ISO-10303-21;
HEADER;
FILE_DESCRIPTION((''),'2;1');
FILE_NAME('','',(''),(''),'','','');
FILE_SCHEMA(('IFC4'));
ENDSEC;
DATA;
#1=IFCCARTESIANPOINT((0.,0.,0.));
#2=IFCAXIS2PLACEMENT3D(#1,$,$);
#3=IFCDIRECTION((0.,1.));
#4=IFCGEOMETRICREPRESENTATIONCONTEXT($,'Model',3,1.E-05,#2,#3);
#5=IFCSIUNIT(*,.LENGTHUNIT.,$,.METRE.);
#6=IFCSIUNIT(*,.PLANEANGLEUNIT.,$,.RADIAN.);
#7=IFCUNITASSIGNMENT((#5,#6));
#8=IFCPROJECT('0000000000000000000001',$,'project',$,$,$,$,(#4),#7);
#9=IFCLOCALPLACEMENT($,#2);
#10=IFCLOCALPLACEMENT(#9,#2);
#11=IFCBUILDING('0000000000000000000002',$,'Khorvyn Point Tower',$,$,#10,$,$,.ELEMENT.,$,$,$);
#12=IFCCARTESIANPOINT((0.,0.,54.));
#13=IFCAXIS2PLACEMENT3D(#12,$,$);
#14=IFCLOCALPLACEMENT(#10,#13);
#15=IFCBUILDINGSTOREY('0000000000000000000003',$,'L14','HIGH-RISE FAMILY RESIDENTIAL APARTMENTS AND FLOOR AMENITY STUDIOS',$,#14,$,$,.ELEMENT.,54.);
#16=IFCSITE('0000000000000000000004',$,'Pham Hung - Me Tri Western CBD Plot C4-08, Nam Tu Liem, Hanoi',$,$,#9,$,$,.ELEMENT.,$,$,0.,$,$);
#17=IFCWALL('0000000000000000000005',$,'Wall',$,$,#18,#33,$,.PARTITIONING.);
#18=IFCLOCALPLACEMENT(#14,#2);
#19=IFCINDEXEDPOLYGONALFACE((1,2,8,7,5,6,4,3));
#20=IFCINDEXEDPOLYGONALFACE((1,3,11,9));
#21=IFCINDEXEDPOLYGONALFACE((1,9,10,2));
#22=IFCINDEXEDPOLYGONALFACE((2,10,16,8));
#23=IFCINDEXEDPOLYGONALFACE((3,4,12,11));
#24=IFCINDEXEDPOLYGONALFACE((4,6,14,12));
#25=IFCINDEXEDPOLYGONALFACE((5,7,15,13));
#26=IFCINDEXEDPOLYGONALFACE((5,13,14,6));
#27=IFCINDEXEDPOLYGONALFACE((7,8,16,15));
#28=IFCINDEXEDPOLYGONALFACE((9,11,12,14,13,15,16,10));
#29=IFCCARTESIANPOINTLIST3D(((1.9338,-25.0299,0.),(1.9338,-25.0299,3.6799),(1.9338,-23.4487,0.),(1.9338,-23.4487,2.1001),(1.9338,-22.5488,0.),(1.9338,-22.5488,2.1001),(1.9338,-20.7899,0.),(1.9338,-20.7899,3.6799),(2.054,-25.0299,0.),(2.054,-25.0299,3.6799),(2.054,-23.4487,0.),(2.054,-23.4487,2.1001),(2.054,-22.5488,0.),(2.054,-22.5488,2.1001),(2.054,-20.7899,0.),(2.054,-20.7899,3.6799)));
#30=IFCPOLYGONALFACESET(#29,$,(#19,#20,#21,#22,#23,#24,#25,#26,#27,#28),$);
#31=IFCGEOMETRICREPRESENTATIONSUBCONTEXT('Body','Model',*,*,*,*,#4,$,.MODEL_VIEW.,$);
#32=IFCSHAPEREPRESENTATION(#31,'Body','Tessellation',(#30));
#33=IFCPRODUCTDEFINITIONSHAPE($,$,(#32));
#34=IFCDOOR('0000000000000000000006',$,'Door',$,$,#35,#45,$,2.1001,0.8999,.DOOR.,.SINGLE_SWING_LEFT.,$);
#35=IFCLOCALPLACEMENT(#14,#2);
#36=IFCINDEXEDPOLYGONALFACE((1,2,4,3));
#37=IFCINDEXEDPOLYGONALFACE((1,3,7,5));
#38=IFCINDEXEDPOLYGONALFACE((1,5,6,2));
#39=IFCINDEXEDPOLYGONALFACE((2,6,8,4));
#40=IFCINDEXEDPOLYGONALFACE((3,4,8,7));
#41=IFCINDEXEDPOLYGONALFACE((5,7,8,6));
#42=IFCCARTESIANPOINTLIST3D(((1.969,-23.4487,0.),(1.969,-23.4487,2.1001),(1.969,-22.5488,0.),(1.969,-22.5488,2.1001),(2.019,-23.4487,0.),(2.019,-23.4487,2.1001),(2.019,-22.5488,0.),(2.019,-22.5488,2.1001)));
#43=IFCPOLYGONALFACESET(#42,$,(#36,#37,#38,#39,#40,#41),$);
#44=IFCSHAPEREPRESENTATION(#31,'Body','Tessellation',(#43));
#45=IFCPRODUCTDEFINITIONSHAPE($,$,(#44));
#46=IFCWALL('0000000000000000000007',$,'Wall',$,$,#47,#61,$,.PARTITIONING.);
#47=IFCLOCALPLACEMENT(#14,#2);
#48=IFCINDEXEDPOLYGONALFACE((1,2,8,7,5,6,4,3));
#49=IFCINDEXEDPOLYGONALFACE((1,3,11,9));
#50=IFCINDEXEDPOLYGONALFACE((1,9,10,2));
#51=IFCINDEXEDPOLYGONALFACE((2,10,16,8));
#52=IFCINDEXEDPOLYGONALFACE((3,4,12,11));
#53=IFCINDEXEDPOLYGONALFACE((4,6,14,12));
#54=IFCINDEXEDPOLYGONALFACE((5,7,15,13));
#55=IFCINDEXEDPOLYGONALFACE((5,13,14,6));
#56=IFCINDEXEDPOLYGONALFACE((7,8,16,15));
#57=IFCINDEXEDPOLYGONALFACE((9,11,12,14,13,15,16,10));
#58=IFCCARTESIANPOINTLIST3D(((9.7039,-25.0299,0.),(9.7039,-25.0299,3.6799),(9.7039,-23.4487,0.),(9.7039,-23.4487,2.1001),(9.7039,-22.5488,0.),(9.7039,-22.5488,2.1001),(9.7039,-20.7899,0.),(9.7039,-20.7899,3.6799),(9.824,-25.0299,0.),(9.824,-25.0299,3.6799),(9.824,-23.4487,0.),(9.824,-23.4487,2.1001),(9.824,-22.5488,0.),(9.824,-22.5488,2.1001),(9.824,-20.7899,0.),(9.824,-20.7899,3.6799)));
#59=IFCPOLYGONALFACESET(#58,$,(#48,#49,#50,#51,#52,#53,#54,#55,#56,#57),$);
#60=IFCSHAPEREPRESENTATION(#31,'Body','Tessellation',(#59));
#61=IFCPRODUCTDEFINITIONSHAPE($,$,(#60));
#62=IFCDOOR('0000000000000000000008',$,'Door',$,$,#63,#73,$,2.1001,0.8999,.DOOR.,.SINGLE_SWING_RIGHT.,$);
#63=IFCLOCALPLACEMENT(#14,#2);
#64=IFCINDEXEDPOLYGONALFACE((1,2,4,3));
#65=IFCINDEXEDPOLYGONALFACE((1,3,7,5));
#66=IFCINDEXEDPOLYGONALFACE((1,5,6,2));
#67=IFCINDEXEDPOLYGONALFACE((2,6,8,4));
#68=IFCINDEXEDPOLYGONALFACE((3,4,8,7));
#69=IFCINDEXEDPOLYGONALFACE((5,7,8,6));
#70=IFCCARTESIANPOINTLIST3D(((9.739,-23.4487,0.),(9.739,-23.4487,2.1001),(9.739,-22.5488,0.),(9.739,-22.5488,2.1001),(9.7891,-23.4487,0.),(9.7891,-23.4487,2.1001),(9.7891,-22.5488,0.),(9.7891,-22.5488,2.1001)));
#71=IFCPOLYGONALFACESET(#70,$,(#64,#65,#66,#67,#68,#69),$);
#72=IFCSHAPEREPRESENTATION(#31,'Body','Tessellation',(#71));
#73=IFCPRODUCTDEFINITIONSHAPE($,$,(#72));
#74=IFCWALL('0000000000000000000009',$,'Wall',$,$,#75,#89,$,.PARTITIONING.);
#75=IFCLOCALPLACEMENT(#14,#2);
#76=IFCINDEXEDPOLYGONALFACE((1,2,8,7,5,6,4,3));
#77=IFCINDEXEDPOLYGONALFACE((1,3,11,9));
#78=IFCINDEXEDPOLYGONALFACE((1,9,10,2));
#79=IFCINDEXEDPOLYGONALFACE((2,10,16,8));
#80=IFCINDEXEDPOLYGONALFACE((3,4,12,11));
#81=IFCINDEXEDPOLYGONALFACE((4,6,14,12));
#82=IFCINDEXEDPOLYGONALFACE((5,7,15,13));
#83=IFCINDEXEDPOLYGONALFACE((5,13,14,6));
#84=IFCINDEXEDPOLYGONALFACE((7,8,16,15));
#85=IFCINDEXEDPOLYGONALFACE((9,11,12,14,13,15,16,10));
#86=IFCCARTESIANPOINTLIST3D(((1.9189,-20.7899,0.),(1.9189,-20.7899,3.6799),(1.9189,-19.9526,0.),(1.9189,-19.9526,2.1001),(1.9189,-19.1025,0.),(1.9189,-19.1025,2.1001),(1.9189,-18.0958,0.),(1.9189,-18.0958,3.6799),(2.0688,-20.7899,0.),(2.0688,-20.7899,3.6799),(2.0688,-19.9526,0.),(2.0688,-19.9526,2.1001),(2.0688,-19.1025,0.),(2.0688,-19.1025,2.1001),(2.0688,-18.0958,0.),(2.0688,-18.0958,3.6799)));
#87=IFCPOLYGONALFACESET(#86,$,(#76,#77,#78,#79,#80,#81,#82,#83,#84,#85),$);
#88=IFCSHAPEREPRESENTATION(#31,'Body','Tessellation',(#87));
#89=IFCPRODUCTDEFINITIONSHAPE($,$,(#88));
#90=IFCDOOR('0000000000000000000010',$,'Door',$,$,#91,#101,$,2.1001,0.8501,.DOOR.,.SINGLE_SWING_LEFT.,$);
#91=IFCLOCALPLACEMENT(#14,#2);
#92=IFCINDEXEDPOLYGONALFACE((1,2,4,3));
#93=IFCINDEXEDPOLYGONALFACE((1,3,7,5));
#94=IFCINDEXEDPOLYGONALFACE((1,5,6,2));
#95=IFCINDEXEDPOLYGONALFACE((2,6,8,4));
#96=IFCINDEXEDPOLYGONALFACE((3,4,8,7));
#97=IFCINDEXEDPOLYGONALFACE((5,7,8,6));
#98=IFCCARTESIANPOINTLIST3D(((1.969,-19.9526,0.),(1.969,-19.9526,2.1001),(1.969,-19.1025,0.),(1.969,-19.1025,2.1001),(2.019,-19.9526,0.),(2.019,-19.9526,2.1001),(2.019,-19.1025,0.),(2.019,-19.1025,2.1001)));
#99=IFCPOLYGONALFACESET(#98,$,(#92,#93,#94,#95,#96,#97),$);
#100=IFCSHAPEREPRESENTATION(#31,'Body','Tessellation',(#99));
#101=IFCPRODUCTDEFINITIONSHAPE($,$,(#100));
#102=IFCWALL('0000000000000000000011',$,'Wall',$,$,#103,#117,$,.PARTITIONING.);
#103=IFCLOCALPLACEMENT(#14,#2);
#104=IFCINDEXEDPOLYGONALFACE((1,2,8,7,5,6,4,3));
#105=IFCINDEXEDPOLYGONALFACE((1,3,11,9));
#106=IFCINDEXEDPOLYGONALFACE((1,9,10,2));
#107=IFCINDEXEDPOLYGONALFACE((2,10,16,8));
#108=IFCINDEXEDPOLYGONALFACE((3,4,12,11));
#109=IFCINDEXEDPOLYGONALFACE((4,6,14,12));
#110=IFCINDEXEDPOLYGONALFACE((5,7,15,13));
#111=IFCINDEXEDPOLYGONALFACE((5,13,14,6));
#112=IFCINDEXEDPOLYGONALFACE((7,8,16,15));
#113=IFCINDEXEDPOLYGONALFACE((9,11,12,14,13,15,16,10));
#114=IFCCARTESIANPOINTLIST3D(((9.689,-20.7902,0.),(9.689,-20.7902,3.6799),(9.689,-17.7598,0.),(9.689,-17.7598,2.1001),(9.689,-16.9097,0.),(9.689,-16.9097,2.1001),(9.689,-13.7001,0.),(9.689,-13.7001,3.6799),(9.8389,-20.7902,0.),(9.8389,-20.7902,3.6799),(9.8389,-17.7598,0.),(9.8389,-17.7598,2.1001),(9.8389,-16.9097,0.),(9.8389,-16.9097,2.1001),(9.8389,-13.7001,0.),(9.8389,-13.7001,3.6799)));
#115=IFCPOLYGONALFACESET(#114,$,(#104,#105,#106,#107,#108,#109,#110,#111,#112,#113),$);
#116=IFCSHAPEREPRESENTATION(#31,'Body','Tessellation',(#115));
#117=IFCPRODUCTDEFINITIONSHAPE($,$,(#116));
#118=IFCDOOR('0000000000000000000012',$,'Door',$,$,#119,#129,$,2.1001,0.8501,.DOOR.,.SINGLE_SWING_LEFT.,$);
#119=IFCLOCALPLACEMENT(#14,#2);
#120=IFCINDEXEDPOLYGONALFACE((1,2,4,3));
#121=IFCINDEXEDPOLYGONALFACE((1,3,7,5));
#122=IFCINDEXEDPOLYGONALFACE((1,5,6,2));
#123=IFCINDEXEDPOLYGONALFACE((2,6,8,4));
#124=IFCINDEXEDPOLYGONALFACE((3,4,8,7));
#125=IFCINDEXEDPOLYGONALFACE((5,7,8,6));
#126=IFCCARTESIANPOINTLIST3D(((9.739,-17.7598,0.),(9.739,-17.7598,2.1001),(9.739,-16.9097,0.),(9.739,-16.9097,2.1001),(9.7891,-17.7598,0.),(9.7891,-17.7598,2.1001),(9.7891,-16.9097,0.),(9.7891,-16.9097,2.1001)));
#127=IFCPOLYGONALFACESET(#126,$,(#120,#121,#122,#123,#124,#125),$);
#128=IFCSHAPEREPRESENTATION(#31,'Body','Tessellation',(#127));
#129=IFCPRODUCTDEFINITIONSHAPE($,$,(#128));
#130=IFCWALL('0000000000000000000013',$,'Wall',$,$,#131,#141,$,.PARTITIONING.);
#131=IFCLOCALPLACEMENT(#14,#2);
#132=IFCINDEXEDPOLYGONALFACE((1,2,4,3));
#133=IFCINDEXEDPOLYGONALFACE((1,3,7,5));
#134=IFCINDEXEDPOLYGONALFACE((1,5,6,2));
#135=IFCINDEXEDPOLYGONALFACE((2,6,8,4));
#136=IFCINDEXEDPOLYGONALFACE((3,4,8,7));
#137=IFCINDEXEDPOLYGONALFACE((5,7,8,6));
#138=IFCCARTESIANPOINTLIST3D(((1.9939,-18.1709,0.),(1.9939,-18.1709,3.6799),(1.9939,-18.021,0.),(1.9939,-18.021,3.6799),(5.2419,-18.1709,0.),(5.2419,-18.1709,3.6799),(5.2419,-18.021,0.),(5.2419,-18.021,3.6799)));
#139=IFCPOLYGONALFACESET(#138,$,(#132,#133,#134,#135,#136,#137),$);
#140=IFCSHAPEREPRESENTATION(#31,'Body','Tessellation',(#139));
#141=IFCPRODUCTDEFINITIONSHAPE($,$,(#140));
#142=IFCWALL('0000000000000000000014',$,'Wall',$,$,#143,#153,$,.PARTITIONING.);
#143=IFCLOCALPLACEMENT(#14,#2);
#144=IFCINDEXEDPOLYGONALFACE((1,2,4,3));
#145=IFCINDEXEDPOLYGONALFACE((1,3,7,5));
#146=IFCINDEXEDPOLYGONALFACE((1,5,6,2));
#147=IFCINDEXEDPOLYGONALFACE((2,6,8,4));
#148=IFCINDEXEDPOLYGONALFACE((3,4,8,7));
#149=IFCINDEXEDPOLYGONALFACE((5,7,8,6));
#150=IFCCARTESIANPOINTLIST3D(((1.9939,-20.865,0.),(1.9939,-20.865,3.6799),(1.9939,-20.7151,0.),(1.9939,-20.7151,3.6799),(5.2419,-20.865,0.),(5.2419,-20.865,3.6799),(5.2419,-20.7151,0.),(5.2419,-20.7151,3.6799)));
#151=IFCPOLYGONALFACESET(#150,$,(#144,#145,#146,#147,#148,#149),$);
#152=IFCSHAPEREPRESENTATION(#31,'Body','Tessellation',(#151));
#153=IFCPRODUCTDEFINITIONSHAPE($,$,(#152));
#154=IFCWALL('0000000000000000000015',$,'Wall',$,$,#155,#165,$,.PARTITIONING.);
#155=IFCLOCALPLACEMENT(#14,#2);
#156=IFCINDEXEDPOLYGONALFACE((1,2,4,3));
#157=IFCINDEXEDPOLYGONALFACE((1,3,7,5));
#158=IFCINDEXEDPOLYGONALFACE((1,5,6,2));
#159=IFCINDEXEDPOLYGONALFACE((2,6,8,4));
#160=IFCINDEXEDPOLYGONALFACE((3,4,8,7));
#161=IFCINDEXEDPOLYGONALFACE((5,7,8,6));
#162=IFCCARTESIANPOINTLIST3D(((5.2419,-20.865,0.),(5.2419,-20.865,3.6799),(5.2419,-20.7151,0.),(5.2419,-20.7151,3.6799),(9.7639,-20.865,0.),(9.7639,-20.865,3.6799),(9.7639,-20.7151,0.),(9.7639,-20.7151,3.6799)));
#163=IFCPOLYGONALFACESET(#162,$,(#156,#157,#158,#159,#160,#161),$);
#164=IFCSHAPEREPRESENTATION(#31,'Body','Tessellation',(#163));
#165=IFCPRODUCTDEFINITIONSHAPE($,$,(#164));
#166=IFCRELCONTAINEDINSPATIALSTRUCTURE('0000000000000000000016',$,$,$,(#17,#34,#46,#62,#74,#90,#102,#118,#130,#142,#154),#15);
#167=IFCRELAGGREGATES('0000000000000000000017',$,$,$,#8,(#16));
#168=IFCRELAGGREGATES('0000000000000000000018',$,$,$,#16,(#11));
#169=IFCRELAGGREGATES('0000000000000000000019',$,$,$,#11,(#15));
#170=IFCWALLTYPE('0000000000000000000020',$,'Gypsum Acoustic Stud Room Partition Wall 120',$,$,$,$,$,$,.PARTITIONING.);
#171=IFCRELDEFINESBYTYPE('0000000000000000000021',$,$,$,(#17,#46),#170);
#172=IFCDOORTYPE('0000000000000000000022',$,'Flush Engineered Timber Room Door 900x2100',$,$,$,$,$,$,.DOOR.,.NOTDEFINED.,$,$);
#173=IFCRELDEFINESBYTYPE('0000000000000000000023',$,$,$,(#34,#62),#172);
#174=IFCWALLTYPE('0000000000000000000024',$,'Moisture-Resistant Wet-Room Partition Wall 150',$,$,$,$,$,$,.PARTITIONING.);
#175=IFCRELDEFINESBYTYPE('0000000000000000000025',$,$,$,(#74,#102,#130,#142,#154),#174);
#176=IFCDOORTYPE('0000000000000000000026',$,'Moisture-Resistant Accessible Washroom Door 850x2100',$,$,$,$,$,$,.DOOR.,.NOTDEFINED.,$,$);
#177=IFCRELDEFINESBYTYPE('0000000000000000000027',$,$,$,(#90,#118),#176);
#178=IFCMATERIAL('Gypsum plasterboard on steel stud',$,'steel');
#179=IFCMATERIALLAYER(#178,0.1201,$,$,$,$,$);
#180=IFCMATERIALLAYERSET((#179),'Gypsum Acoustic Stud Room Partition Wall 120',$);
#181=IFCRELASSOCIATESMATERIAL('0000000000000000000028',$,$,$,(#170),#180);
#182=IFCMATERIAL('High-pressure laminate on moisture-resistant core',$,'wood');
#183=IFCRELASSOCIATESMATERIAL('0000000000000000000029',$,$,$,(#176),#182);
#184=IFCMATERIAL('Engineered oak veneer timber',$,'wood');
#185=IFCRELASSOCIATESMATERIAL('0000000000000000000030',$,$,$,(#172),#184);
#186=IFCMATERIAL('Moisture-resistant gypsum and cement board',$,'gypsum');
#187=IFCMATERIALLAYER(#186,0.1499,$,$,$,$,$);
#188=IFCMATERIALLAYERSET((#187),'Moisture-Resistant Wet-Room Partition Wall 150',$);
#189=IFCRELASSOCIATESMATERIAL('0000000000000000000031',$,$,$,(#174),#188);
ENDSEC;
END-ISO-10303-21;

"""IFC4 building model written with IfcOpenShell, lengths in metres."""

from ifc_helpers import new_model, si_unit, direction, frame, frame_2d, origin, place, context, subcontext, project, spatial, rectangle, extrude, material, layer, layer_set, type_object, element, fill, save


model = new_model("IFC4")

# Units and contexts
model_context = context("Model", 3, precision=1e-05, world=origin(), true_north=direction((0.0, 1.0)))
body_context = subcontext(model_context, "Body", "Model", "MODEL_VIEW")
ifc_project = project(units=[si_unit("LENGTHUNIT", "METRE"), si_unit("PLANEANGLEUNIT", "RADIAN")], contexts=[model_context])

# Site, building, storey
site_placement = place(None, origin())
site = spatial("IfcSite", under=ifc_project, at=site_placement, Name="Pham Hung - Me Tri Western CBD Plot C4-08, Nam Tu Liem, Hanoi", CompositionType="ELEMENT", RefElevation=0.0)
building_placement = place(site_placement, origin())
building = spatial("IfcBuilding", under=site, at=building_placement, Name="Khorvyn Point Tower", CompositionType="ELEMENT")
storey_placement = place(building_placement, frame((0.0, 0.0, 54.0)))
storey = spatial("IfcBuildingStorey", under=building, at=storey_placement, Name="L14", Description="HIGH-RISE FAMILY RESIDENTIAL APARTMENTS AND FLOOR AMENITY STUDIOS", CompositionType="ELEMENT", Elevation=54.0)

# Walls, openings, doors
ifc_material_1 = material(Name="Gypsum plasterboard on steel stud", Category="steel")
ifc_layer_1 = layer(ifc_material_1, 0.1201)
ifc_layer_set_1 = layer_set([ifc_layer_1], Name="Gypsum Acoustic Stud Room Partition Wall 120")
wall_type_1 = type_object("IfcWallType", Name="Gypsum Acoustic Stud Room Partition Wall 120", PredefinedType="PARTITIONING", material=ifc_layer_set_1)
ifc_material_2 = material(Name="High-pressure laminate on moisture-resistant core", Category="wood")
door_type_1 = type_object("IfcDoorType", Name="Moisture-Resistant Accessible Washroom Door 850x2100", OperationType="NOTDEFINED", PredefinedType="DOOR", material=ifc_material_2)
wall_1_placement = place(storey_placement, frame((1.9939, -25.03, 0.0), z_axis=(0.0, 0.0, 1.0), x_axis=(0.0, 1.0, 0.0)))
wall_1 = element("IfcWall", 1, at=wall_1_placement, inside=storey, type_object=wall_type_1, Name="Wall", PredefinedType="PARTITIONING", context=body_context, shape_type="SweptSolid", body=[
    extrude(rectangle(XDim=4.24, YDim=0.1201, at=frame_2d((2.1201, 0.0))), origin(), (0.0, 0.0, 1.0), 3.6799),
])
opening_1_placement = place(wall_1_placement, frame((1.5813, 0.0, 0.0)))
opening_1 = element("IfcOpeningElement", 2, at=opening_1_placement, cuts=wall_1, PredefinedType="OPENING", context=body_context, shape_type="SweptSolid", body=[
    extrude(rectangle(XDim=0.8999, YDim=2.1001, at=frame_2d((0.45, 1.05))), frame((0.0, 0.0701, 0.0), z_axis=(0.0, -1.0, 0.0), x_axis=(1.0, 0.0, 0.0)), (0.0, 0.0, 1.0), 0.1401),
])
ifc_material_3 = material(Name="Engineered oak veneer timber", Category="wood")
door_type_2 = type_object("IfcDoorType", Name="Flush Engineered Timber Room Door 900x2100", OperationType="NOTDEFINED", PredefinedType="DOOR", material=ifc_material_3)
door_1_placement = place(opening_1_placement, origin())
door_1 = element("IfcDoor", 3, at=door_1_placement, inside=storey, type_object=door_type_2, Name="Door", OperationType="SINGLE_SWING_LEFT", OverallHeight=2.1001, OverallWidth=0.8999, PredefinedType="DOOR", context=body_context, shape_type="SweptSolid", body=[
    extrude(rectangle(XDim=0.8999, YDim=2.1001, at=frame_2d((0.45, 1.05))), frame((0.0, 0.0249, 0.0), z_axis=(0.0, -1.0, 0.0), x_axis=(1.0, 0.0, 0.0)), (0.0, 0.0, 1.0), 0.05),
])
fill(opening_1, door_1)
wall_2_placement = place(storey_placement, frame((9.7639, -25.03, 0.0), z_axis=(0.0, 0.0, 1.0), x_axis=(0.0, 1.0, 0.0)))
wall_2 = element("IfcWall", 4, at=wall_2_placement, inside=storey, type_object=wall_type_1, Name="Wall", PredefinedType="PARTITIONING", context=body_context, shape_type="SweptSolid", body=[
    extrude(rectangle(XDim=4.24, YDim=0.1201, at=frame_2d((2.1201, 0.0))), origin(), (0.0, 0.0, 1.0), 3.6799),
])
opening_2_placement = place(wall_2_placement, frame((1.5813, 0.0, 0.0)))
opening_2 = element("IfcOpeningElement", 5, at=opening_2_placement, cuts=wall_2, PredefinedType="OPENING", context=body_context, shape_type="SweptSolid", body=[
    extrude(rectangle(XDim=0.8999, YDim=2.1001, at=frame_2d((0.45, 1.05))), frame((0.0, 0.0701, 0.0), z_axis=(0.0, -1.0, 0.0), x_axis=(1.0, 0.0, 0.0)), (0.0, 0.0, 1.0), 0.1401),
])
door_2_placement = place(opening_2_placement, origin())
door_2 = element("IfcDoor", 6, at=door_2_placement, inside=storey, type_object=door_type_2, Name="Door", OperationType="SINGLE_SWING_RIGHT", OverallHeight=2.1001, OverallWidth=0.8999, PredefinedType="DOOR", context=body_context, shape_type="SweptSolid", body=[
    extrude(rectangle(XDim=0.8999, YDim=2.1001, at=frame_2d((0.45, 1.05))), frame((0.0, 0.0249, 0.0), z_axis=(0.0, -1.0, 0.0), x_axis=(1.0, 0.0, 0.0)), (0.0, 0.0, 1.0), 0.05),
])
fill(opening_2, door_2)
ifc_material_4 = material(Name="Moisture-resistant gypsum and cement board", Category="gypsum")
ifc_layer_2 = layer(ifc_material_4, 0.1499)
ifc_layer_set_2 = layer_set([ifc_layer_2], Name="Moisture-Resistant Wet-Room Partition Wall 150")
wall_type_2 = type_object("IfcWallType", Name="Moisture-Resistant Wet-Room Partition Wall 150", PredefinedType="PARTITIONING", material=ifc_layer_set_2)
wall_3_placement = place(storey_placement, frame((1.9939, -20.79, 0.0), z_axis=(0.0, 0.0, 1.0), x_axis=(0.0, 1.0, 0.0)))
wall_3 = element("IfcWall", 7, at=wall_3_placement, inside=storey, type_object=wall_type_2, Name="Wall", PredefinedType="PARTITIONING", context=body_context, shape_type="SweptSolid", body=[
    extrude(rectangle(XDim=2.6941, YDim=0.1499, at=frame_2d((1.3472, 0.0))), origin(), (0.0, 0.0, 1.0), 3.6799),
])
opening_3_placement = place(wall_3_placement, frame((0.8374, 0.0, 0.0)))
opening_3 = element("IfcOpeningElement", 8, at=opening_3_placement, cuts=wall_3, PredefinedType="OPENING", context=body_context, shape_type="SweptSolid", body=[
    extrude(rectangle(XDim=0.8501, YDim=2.1001, at=frame_2d((0.425, 1.05))), frame((0.0, 0.085, 0.0), z_axis=(0.0, -1.0, 0.0), x_axis=(1.0, 0.0, 0.0)), (0.0, 0.0, 1.0), 0.1699),
])
door_3_placement = place(opening_3_placement, origin())
door_3 = element("IfcDoor", 9, at=door_3_placement, inside=storey, type_object=door_type_1, Name="Door", OperationType="SINGLE_SWING_LEFT", OverallHeight=2.1001, OverallWidth=0.8501, PredefinedType="DOOR", context=body_context, shape_type="SweptSolid", body=[
    extrude(rectangle(XDim=0.8501, YDim=2.1001, at=frame_2d((0.425, 1.05))), frame((0.0, 0.0249, 0.0), z_axis=(0.0, -1.0, 0.0), x_axis=(1.0, 0.0, 0.0)), (0.0, 0.0, 1.0), 0.05),
])
fill(opening_3, door_3)
wall_4_placement = place(storey_placement, frame((9.7639, -20.79, 0.0), z_axis=(0.0, 0.0, 1.0), x_axis=(0.0, 1.0, 0.0)))
wall_4 = element("IfcWall", 10, at=wall_4_placement, inside=storey, type_object=wall_type_2, Name="Wall", PredefinedType="PARTITIONING", context=body_context, shape_type="SweptSolid", body=[
    extrude(rectangle(XDim=7.0901, YDim=0.1499, at=frame_2d((3.5449, 0.0))), origin(), (0.0, 0.0, 1.0), 3.6799),
])
opening_4_placement = place(wall_4_placement, frame((3.0303, 0.0, 0.0)))
opening_4 = element("IfcOpeningElement", 11, at=opening_4_placement, cuts=wall_4, PredefinedType="OPENING", context=body_context, shape_type="SweptSolid", body=[
    extrude(rectangle(XDim=0.8501, YDim=2.1001, at=frame_2d((0.425, 1.05))), frame((0.0, 0.085, 0.0), z_axis=(0.0, -1.0, 0.0), x_axis=(1.0, 0.0, 0.0)), (0.0, 0.0, 1.0), 0.1699),
])
door_4_placement = place(opening_4_placement, origin())
door_4 = element("IfcDoor", 12, at=door_4_placement, inside=storey, type_object=door_type_1, Name="Door", OperationType="SINGLE_SWING_LEFT", OverallHeight=2.1001, OverallWidth=0.8501, PredefinedType="DOOR", context=body_context, shape_type="SweptSolid", body=[
    extrude(rectangle(XDim=0.8501, YDim=2.1001, at=frame_2d((0.425, 1.05))), frame((0.0, 0.0249, 0.0), z_axis=(0.0, -1.0, 0.0), x_axis=(1.0, 0.0, 0.0)), (0.0, 0.0, 1.0), 0.05),
])
fill(opening_4, door_4)

# Walls
for number, where, z_axis, x_axis, name in (
    (13, (1.9939, -18.0959, 0.0), (0.0, 0.0, 1.0), (1.0, 0.0, 0.0), "Wall"),
    (14, (1.9939, -20.79, 0.0), (0.0, 0.0, 1.0), (1.0, 0.0, 0.0), "Wall"),
):
    element("IfcWall", number, at=place(storey_placement, frame(where, z_axis=z_axis, x_axis=x_axis)), inside=storey, type_object=wall_type_2, Name=name, PredefinedType="PARTITIONING", context=body_context, shape_type="SweptSolid", body=[
        extrude(rectangle(XDim=3.248, YDim=0.1499, at=frame_2d((1.624, 0.0))), origin(), (0.0, 0.0, 1.0), 3.6799),
    ])
wall_5_placement = place(storey_placement, frame((5.2419, -20.79, 0.0), z_axis=(0.0, 0.0, 1.0), x_axis=(1.0, 0.0, 0.0)))
element("IfcWall", 15, at=wall_5_placement, inside=storey, type_object=wall_type_2, Name="Wall", PredefinedType="PARTITIONING", context=body_context, shape_type="SweptSolid", body=[
    extrude(rectangle(XDim=4.522, YDim=0.1499, at=frame_2d((2.261, 0.0))), origin(), (0.0, 0.0, 1.0), 3.6799),
])

save(model, "model.ifc")
